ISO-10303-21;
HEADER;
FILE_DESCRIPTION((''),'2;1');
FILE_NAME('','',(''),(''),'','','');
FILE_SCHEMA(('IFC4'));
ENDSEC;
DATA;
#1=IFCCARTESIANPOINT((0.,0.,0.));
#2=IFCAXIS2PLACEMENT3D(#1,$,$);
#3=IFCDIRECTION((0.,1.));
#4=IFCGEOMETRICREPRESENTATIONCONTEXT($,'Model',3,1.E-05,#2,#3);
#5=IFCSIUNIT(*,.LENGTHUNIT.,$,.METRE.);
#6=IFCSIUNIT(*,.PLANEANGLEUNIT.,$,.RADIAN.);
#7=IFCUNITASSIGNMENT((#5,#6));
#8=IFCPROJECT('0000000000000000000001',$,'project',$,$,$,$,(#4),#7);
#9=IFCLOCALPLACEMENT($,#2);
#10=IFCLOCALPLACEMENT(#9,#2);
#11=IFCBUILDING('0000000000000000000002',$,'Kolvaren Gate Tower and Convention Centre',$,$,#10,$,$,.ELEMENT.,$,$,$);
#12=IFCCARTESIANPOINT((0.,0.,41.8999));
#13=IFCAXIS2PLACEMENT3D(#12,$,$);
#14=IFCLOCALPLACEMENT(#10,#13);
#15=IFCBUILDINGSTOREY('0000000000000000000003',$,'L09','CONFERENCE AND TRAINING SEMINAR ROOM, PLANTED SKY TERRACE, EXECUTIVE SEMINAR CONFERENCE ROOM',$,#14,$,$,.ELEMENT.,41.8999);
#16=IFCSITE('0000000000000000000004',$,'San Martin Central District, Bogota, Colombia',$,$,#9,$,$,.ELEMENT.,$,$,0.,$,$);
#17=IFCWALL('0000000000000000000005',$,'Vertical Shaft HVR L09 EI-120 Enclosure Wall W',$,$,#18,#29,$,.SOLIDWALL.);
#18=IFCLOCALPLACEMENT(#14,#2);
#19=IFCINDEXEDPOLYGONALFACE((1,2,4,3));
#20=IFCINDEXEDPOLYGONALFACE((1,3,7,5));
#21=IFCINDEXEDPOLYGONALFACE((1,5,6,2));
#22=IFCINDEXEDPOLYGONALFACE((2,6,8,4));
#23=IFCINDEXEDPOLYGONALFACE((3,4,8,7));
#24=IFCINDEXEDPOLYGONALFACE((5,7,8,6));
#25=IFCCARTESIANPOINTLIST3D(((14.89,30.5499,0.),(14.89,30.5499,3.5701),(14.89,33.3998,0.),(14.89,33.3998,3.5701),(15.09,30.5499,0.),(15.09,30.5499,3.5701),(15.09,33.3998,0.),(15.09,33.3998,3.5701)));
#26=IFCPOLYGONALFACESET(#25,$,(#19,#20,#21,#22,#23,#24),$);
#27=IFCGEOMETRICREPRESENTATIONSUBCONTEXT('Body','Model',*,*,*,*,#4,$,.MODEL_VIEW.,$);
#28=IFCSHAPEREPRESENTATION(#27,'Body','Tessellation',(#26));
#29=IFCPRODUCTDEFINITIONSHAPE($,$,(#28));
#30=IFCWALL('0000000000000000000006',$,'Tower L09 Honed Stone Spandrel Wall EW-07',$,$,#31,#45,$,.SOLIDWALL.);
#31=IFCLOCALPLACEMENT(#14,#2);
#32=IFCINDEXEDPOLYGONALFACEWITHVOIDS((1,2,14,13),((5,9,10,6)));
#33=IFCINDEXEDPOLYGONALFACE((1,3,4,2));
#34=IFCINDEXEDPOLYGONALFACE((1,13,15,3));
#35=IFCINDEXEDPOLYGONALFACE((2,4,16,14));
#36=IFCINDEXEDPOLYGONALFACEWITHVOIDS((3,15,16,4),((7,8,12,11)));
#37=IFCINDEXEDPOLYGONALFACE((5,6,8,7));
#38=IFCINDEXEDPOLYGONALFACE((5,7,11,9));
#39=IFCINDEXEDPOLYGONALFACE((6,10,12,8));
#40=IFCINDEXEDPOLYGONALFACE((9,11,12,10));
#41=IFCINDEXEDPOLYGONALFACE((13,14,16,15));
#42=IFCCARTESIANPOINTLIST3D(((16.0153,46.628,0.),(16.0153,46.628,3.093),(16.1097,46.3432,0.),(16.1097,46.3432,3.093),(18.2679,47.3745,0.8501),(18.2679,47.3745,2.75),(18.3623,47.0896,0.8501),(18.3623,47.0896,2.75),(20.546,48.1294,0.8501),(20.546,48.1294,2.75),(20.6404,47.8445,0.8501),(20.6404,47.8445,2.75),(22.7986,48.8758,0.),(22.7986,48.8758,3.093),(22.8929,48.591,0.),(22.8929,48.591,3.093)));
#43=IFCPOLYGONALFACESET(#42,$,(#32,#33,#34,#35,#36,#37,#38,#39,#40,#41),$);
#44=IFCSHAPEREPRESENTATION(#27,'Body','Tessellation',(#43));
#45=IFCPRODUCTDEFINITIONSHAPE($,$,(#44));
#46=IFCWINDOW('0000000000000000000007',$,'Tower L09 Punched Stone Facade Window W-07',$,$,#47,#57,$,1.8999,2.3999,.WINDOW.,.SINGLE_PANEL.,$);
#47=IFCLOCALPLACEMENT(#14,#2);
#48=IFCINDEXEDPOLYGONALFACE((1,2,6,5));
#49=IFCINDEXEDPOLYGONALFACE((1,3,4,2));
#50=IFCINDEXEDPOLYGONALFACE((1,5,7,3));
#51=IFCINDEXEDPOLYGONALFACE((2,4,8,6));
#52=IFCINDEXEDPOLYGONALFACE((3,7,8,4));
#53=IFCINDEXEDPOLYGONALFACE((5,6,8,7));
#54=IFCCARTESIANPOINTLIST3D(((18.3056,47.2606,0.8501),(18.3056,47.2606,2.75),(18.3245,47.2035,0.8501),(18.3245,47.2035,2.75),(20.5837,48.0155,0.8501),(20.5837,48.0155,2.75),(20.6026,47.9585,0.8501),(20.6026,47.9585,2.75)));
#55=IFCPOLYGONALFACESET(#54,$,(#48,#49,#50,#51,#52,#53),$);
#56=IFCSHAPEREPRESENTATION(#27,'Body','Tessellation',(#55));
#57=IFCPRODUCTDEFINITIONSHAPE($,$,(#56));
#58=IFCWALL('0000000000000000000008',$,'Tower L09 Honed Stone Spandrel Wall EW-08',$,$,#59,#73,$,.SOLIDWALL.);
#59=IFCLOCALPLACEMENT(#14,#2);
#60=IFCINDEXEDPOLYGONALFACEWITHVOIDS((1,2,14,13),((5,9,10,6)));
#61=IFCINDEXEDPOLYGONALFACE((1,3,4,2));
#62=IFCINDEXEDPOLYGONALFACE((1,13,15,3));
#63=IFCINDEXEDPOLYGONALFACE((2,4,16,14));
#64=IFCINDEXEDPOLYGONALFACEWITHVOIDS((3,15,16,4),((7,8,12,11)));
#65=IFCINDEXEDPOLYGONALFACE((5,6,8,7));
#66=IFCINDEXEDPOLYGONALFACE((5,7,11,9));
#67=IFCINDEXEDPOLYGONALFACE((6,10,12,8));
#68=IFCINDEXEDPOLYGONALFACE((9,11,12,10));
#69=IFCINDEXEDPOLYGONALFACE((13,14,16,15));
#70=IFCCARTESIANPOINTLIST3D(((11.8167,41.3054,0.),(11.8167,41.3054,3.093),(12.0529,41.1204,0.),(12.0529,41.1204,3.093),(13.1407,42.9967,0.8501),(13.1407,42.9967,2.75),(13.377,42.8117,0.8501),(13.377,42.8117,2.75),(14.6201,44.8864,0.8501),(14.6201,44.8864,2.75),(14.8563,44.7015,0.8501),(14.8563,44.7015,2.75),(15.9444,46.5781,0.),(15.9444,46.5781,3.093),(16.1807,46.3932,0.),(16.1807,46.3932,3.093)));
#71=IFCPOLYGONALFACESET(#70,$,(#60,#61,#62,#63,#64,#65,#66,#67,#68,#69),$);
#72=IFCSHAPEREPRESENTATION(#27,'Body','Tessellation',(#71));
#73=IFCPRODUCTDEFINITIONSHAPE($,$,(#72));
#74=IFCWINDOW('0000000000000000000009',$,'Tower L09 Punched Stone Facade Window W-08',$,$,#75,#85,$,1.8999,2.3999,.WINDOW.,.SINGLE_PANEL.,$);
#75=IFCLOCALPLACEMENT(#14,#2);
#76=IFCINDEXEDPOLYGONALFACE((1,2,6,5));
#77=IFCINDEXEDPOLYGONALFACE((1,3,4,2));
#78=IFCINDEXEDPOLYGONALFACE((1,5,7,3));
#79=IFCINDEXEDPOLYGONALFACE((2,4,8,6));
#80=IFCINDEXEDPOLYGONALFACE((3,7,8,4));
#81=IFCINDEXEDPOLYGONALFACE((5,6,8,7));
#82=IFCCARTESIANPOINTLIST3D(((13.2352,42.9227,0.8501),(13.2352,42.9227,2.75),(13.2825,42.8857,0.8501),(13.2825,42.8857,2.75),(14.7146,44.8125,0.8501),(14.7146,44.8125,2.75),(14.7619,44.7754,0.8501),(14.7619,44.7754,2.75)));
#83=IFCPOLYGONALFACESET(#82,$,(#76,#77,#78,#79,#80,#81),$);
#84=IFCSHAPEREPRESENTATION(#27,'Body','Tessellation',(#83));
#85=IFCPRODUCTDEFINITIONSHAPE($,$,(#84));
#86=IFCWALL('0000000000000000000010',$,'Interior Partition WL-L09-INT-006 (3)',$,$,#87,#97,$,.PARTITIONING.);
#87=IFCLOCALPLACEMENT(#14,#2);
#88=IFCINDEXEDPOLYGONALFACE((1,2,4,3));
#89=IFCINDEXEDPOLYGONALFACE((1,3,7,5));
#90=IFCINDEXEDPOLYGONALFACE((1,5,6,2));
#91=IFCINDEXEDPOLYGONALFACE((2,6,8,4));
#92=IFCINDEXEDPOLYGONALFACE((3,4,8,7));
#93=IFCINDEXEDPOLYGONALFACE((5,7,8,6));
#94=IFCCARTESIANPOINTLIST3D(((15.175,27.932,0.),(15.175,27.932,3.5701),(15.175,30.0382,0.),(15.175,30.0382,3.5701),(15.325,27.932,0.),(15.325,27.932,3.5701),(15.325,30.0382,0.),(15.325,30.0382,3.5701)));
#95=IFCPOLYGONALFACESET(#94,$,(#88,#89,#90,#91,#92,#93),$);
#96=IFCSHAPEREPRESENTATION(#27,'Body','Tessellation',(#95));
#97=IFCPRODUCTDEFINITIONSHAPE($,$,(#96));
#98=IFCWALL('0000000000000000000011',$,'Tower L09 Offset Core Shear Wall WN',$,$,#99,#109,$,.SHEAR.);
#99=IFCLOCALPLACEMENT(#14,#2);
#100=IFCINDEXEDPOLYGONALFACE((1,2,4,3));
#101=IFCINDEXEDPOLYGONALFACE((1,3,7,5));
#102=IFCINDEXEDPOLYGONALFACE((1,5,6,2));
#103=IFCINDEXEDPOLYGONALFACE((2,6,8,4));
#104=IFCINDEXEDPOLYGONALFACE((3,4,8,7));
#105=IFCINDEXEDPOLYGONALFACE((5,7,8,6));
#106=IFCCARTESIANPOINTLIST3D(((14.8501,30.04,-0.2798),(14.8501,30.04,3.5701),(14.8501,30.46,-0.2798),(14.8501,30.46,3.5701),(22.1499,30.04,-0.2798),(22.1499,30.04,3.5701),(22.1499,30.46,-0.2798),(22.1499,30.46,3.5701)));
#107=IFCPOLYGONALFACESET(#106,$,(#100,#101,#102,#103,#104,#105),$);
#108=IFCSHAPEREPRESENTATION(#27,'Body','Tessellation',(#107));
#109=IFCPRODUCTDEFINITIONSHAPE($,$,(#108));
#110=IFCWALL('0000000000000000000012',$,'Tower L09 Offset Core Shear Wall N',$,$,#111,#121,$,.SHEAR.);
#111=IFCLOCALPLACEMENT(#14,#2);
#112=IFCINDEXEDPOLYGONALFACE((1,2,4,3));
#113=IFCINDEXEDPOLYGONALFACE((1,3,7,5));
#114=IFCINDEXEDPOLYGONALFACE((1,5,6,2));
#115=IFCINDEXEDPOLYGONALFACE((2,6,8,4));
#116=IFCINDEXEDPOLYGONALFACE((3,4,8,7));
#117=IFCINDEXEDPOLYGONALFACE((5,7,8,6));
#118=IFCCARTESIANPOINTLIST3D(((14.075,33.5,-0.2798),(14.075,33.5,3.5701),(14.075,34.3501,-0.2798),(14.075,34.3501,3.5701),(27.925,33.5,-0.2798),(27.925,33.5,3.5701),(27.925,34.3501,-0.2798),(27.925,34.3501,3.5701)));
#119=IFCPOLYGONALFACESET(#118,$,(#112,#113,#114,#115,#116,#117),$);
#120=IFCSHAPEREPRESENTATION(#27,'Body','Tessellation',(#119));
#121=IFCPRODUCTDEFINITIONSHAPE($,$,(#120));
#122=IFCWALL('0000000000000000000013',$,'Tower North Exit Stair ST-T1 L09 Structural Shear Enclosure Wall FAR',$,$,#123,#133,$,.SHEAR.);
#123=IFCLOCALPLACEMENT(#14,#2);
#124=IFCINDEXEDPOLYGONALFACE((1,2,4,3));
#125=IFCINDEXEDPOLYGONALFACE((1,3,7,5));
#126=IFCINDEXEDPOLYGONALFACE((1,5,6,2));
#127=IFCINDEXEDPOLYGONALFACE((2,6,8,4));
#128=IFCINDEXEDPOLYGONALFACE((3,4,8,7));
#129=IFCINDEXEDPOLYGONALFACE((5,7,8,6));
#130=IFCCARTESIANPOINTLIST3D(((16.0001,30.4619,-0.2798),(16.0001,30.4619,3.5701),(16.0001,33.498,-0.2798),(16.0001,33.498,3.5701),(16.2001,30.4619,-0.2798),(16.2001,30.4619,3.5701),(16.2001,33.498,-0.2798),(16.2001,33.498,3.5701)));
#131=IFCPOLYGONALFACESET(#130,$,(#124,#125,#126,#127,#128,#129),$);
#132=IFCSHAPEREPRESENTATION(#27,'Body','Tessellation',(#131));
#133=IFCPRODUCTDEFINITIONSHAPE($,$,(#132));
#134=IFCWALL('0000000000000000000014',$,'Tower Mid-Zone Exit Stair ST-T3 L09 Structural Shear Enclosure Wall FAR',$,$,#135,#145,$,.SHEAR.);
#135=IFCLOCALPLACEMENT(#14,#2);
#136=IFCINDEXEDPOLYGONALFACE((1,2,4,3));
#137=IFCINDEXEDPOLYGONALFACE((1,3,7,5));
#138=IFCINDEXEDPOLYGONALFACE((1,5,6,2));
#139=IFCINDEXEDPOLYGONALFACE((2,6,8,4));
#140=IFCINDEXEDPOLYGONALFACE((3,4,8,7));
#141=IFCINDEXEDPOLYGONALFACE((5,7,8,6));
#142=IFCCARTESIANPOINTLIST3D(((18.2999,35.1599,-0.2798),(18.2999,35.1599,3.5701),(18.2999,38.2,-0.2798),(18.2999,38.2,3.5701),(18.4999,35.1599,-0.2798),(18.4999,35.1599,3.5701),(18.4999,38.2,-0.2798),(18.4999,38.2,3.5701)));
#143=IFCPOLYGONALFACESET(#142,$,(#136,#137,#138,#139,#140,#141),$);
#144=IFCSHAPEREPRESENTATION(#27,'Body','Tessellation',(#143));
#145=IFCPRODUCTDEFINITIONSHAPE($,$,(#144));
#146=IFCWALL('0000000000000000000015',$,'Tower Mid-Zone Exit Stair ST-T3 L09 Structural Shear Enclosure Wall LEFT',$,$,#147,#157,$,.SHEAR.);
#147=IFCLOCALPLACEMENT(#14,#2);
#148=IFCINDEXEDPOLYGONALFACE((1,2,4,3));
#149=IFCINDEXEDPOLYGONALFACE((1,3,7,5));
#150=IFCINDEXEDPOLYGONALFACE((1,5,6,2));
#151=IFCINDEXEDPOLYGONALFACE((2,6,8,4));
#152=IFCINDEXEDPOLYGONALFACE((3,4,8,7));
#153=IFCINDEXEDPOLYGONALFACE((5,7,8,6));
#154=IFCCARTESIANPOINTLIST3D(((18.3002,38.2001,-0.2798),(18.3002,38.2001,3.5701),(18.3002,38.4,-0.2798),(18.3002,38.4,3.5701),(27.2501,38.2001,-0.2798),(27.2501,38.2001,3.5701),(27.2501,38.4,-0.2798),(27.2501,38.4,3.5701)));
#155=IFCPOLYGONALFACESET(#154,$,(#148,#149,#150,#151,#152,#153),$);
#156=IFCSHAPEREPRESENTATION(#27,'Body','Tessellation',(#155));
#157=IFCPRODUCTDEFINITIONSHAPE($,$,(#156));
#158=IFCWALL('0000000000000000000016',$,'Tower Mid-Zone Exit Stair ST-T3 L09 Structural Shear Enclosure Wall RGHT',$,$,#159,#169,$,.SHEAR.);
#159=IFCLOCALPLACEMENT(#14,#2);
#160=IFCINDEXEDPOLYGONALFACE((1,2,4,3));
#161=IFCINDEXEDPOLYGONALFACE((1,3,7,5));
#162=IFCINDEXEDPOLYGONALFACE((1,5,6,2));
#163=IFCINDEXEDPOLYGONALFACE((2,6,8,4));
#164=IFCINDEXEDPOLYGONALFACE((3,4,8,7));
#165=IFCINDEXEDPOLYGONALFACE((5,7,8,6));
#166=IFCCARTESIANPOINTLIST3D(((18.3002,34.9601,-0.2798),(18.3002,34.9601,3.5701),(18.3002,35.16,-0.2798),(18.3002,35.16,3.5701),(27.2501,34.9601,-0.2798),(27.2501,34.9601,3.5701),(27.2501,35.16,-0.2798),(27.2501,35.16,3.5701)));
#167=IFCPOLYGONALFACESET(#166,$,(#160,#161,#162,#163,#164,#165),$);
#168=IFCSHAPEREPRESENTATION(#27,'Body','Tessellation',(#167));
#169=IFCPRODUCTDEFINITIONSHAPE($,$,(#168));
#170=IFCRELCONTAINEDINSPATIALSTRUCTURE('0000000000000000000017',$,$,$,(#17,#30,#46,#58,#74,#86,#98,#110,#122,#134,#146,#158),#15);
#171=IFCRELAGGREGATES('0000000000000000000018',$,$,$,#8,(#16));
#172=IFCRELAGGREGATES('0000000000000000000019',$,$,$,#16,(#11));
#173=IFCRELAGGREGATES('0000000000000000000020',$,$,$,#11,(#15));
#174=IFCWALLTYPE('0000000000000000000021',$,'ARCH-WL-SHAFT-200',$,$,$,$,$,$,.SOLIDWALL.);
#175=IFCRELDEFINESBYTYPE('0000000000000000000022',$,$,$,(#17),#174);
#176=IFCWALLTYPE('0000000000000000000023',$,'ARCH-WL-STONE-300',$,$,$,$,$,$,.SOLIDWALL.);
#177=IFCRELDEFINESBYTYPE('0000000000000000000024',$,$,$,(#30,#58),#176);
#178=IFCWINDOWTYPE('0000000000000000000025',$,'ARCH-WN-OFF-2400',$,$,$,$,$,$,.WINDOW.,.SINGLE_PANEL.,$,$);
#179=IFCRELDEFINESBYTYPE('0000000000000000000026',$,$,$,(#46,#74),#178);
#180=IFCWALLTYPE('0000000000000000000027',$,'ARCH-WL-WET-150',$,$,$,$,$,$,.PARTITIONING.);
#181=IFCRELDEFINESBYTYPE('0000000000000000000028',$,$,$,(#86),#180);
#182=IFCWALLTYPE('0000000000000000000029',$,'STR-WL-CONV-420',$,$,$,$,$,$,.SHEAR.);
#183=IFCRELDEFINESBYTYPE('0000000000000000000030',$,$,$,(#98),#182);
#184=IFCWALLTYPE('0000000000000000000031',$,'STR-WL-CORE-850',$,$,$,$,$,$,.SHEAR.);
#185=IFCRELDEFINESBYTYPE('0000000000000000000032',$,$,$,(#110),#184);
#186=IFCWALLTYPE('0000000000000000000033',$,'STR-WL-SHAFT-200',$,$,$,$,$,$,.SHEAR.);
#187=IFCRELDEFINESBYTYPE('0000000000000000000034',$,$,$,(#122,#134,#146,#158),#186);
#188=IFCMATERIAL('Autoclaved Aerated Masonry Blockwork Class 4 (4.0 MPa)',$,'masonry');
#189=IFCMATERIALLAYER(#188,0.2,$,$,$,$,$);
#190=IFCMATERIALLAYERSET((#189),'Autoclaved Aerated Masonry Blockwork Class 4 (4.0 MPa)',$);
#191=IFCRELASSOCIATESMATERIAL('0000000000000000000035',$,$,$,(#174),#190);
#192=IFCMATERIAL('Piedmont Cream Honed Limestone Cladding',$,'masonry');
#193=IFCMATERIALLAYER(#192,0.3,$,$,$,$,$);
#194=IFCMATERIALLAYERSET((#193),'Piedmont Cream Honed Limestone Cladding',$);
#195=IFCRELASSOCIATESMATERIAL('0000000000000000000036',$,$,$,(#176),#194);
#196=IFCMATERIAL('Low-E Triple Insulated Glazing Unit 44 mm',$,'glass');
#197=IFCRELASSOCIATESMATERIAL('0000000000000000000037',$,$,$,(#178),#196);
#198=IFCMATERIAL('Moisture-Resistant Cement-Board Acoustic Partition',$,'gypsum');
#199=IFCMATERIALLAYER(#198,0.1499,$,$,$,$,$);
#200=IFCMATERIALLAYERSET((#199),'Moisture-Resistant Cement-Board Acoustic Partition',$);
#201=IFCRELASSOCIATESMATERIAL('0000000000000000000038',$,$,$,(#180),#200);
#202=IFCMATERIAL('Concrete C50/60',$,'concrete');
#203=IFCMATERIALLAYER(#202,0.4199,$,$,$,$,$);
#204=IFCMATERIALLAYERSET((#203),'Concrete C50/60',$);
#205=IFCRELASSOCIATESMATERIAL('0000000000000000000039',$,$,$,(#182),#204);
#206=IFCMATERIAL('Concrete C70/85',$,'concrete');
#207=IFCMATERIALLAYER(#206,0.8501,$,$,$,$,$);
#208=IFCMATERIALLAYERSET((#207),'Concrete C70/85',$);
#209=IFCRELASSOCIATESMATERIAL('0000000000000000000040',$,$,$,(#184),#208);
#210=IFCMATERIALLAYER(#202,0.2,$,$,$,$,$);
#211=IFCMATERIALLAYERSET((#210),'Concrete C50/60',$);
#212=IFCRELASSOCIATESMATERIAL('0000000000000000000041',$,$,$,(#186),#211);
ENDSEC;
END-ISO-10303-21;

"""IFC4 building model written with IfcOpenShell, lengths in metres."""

from ifc_helpers import new_model, si_unit, direction, frame, frame_2d, origin, place, context, subcontext, project, spatial, rectangle, extrude, material, layer, layer_set, type_object, element, fill, save


model = new_model("IFC4")

# Units and contexts
model_context = context("Model", 3, precision=1e-05, world=origin(), true_north=direction((0.0, 1.0)))
body_context = subcontext(model_context, "Body", "Model", "MODEL_VIEW")
ifc_project = project(units=[si_unit("LENGTHUNIT", "METRE"), si_unit("PLANEANGLEUNIT", "RADIAN")], contexts=[model_context])

# Site, building, storey
site_placement = place(None, origin())
site = spatial("IfcSite", under=ifc_project, at=site_placement, Name="San Martin Central District, Bogota, Colombia", CompositionType="ELEMENT", RefElevation=0.0)
building_placement = place(site_placement, origin())
building = spatial("IfcBuilding", under=site, at=building_placement, Name="Kolvaren Gate Tower and Convention Centre", CompositionType="ELEMENT")
storey_placement = place(building_placement, frame((0.0, 0.0, 41.8999)))
storey = spatial("IfcBuildingStorey", under=building, at=storey_placement, Name="L09", Description="CONFERENCE AND TRAINING SEMINAR ROOM, PLANTED SKY TERRACE, EXECUTIVE SEMINAR CONFERENCE ROOM", CompositionType="ELEMENT", Elevation=41.8999)

# Shared definitions
ifc_material_1 = material(Name="Concrete C70/85", Category="concrete")

# Shared definitions
ifc_material_2 = material(Name="Autoclaved Aerated Masonry Blockwork Class 4 (4.0 MPa)", Category="masonry")

# Wall
ifc_layer_1 = layer(ifc_material_2, 0.2)
ifc_layer_set_1 = layer_set([ifc_layer_1], Name="Autoclaved Aerated Masonry Blockwork Class 4 (4.0 MPa)")
wall_type_1 = type_object("IfcWallType", Name="ARCH-WL-SHAFT-200", PredefinedType="SOLIDWALL", material=ifc_layer_set_1)
wall_1_placement = place(storey_placement, frame((14.99, 30.55, 0.0), z_axis=(0.0, 0.0, 1.0), x_axis=(0.0, 1.0, 0.0)))
element("IfcWall", 1, at=wall_1_placement, inside=storey, type_object=wall_type_1, Name="Vertical Shaft HVR L09 EI-120 Enclosure Wall W", PredefinedType="SOLIDWALL", context=body_context, shape_type="SweptSolid", body=[
    extrude(rectangle(XDim=2.8499, YDim=0.2, at=frame_2d((1.4248, 0.0))), origin(), (0.0, 0.0, 1.0), 3.5701),
])

# Walls, openings, windows
ifc_material_3 = material(Name="Piedmont Cream Honed Limestone Cladding", Category="masonry")
ifc_layer_2 = layer(ifc_material_3, 0.3)
ifc_layer_set_2 = layer_set([ifc_layer_2], Name="Piedmont Cream Honed Limestone Cladding")
wall_type_2 = type_object("IfcWallType", Name="ARCH-WL-STONE-300", PredefinedType="SOLIDWALL", material=ifc_layer_set_2)
wall_2_placement = place(storey_placement, frame((16.0625, 46.4856, 0.0), z_axis=(0.0, 0.0, 1.0), x_axis=(0.949239, 0.314557, 0.0)))
wall_2 = element("IfcWall", 2, at=wall_2_placement, inside=storey, type_object=wall_type_2, Name="Tower L09 Honed Stone Spandrel Wall EW-07", PredefinedType="SOLIDWALL", context=body_context, shape_type="SweptSolid", body=[
    extrude(rectangle(XDim=7.146, YDim=0.3, at=frame_2d((3.573, 0.0))), origin(), (0.0, 0.0, 1.0), 3.093),
])
opening_1_placement = place(wall_2_placement, frame((2.373, 0.0, 0.8501)))
opening_1 = element("IfcOpeningElement", 3, at=opening_1_placement, cuts=wall_2, PredefinedType="OPENING", context=body_context, shape_type="SweptSolid", body=[
    extrude(rectangle(XDim=2.3999, YDim=1.8999, at=frame_2d((1.2, 0.95))), frame((0.0, 0.1599, 0.0), z_axis=(0.0, -1.0, 0.0), x_axis=(1.0, 0.0, 0.0)), (0.0, 0.0, 1.0), 0.3201),
])
ifc_material_4 = material(Name="Low-E Triple Insulated Glazing Unit 44 mm", Category="glass")
window_type = type_object("IfcWindowType", Name="ARCH-WN-OFF-2400", PartitioningType="SINGLE_PANEL", PredefinedType="WINDOW", material=ifc_material_4)
window_1_placement = place(opening_1_placement, origin())
window_1 = element("IfcWindow", 4, at=window_1_placement, inside=storey, type_object=window_type, Name="Tower L09 Punched Stone Facade Window W-07", OverallHeight=1.8999, OverallWidth=2.3999, PartitioningType="SINGLE_PANEL", PredefinedType="WINDOW", context=body_context, shape_type="SweptSolid", body=[
    extrude(rectangle(XDim=2.3999, YDim=1.8999, at=frame_2d((1.2, 0.95))), frame((0.0, 0.03, 0.0), z_axis=(0.0, -1.0, 0.0), x_axis=(1.0, 0.0, 0.0)), (0.0, 0.0, 1.0), 0.0601),
])
fill(opening_1, window_1)
wall_3_placement = place(storey_placement, frame((11.9348, 41.2129, 0.0), z_axis=(0.0, 0.0, 1.0), x_axis=(0.616421, 0.787417, 0.0)))
wall_3 = element("IfcWall", 5, at=wall_3_placement, inside=storey, type_object=wall_type_2, Name="Tower L09 Honed Stone Spandrel Wall EW-08", PredefinedType="SOLIDWALL", context=body_context, shape_type="SweptSolid", body=[
    extrude(rectangle(XDim=6.6963, YDim=0.3, at=frame_2d((3.3481, 0.0))), origin(), (0.0, 0.0, 1.0), 3.093),
])
opening_2_placement = place(wall_3_placement, frame((2.1479, 0.0, 0.8501)))
opening_2 = element("IfcOpeningElement", 6, at=opening_2_placement, cuts=wall_3, PredefinedType="OPENING", context=body_context, shape_type="SweptSolid", body=[
    extrude(rectangle(XDim=2.3999, YDim=1.8999, at=frame_2d((1.2, 0.95))), frame((0.0, 0.1599, 0.0), z_axis=(0.0, -1.0, 0.0), x_axis=(1.0, 0.0, 0.0)), (0.0, 0.0, 1.0), 0.3201),
])
window_2_placement = place(opening_2_placement, origin())
window_2 = element("IfcWindow", 7, at=window_2_placement, inside=storey, type_object=window_type, Name="Tower L09 Punched Stone Facade Window W-08", OverallHeight=1.8999, OverallWidth=2.3999, PartitioningType="SINGLE_PANEL", PredefinedType="WINDOW", context=body_context, shape_type="SweptSolid", body=[
    extrude(rectangle(XDim=2.3999, YDim=1.8999, at=frame_2d((1.2, 0.95))), frame((0.0, 0.03, 0.0), z_axis=(0.0, -1.0, 0.0), x_axis=(1.0, 0.0, 0.0)), (0.0, 0.0, 1.0), 0.0601),
])
fill(opening_2, window_2)

# Walls
ifc_material_5 = material(Name="Moisture-Resistant Cement-Board Acoustic Partition", Category="gypsum")
ifc_layer_3 = layer(ifc_material_5, 0.1499)
ifc_layer_set_3 = layer_set([ifc_layer_3], Name="Moisture-Resistant Cement-Board Acoustic Partition")
wall_type_3 = type_object("IfcWallType", Name="ARCH-WL-WET-150", PredefinedType="PARTITIONING", material=ifc_layer_set_3)
wall_4_placement = place(storey_placement, frame((15.25, 27.9319, 0.0), z_axis=(0.0, 0.0, 1.0), x_axis=(0.0, 1.0, 0.0)))
element("IfcWall", 8, at=wall_4_placement, inside=storey, type_object=wall_type_3, Name="Interior Partition WL-L09-INT-006 (3)", PredefinedType="PARTITIONING", context=body_context, shape_type="SweptSolid", body=[
    extrude(rectangle(XDim=2.1062, YDim=0.1499, at=frame_2d((1.0532, 0.0))), origin(), (0.0, 0.0, 1.0), 3.5701),
])
ifc_material_6 = material(Name="Concrete C50/60", Category="concrete")
ifc_layer_4 = layer(ifc_material_6, 0.4199)
ifc_layer_set_4 = layer_set([ifc_layer_4], Name="Concrete C50/60")
wall_type_4 = type_object("IfcWallType", Name="STR-WL-CONV-420", PredefinedType="SHEAR", material=ifc_layer_set_4)
wall_5_placement = place(storey_placement, frame((14.8501, 30.25, -0.2798), z_axis=(0.0, 0.0, 1.0), x_axis=(1.0, 0.0, 0.0)))
element("IfcWall", 9, at=wall_5_placement, inside=storey, type_object=wall_type_4, Name="Tower L09 Offset Core Shear Wall WN", PredefinedType="SHEAR", context=body_context, shape_type="SweptSolid", body=[
    extrude(rectangle(XDim=7.2998, YDim=0.4199, at=frame_2d((3.6499, 0.0))), origin(), (0.0, 0.0, 1.0), 3.8499),
])
ifc_layer_5 = layer(ifc_material_1, 0.8501)
ifc_layer_set_5 = layer_set([ifc_layer_5], Name="Concrete C70/85")
wall_type_5 = type_object("IfcWallType", Name="STR-WL-CORE-850", PredefinedType="SHEAR", material=ifc_layer_set_5)
wall_6_placement = place(storey_placement, frame((14.075, 33.925, -0.2798), z_axis=(0.0, 0.0, 1.0), x_axis=(1.0, 0.0, 0.0)))
element("IfcWall", 10, at=wall_6_placement, inside=storey, type_object=wall_type_5, Name="Tower L09 Offset Core Shear Wall N", PredefinedType="SHEAR", context=body_context, shape_type="SweptSolid", body=[
    extrude(rectangle(XDim=13.8501, YDim=0.8501, at=frame_2d((6.925, 0.0))), origin(), (0.0, 0.0, 1.0), 3.8499),
])
ifc_layer_6 = layer(ifc_material_6, 0.2)
ifc_layer_set_6 = layer_set([ifc_layer_6], Name="Concrete C50/60")
wall_type_6 = type_object("IfcWallType", Name="STR-WL-SHAFT-200", PredefinedType="SHEAR", material=ifc_layer_set_6)
wall_7_placement = place(storey_placement, frame((16.1001, 30.4619, -0.2798), z_axis=(0.0, 0.0, 1.0), x_axis=(0.0, 1.0, 0.0)))
element("IfcWall", 11, at=wall_7_placement, inside=storey, type_object=wall_type_6, Name="Tower North Exit Stair ST-T1 L09 Structural Shear Enclosure Wall FAR", PredefinedType="SHEAR", context=body_context, shape_type="SweptSolid", body=[
    extrude(rectangle(XDim=3.0361, YDim=0.2, at=frame_2d((1.5181, 0.0))), origin(), (0.0, 0.0, 1.0), 3.8499),
])
wall_8_placement = place(storey_placement, frame((18.3999, 35.1599, -0.2798), z_axis=(0.0, 0.0, 1.0), x_axis=(0.0, 1.0, 0.0)))
element("IfcWall", 12, at=wall_8_placement, inside=storey, type_object=wall_type_6, Name="Tower Mid-Zone Exit Stair ST-T3 L09 Structural Shear Enclosure Wall FAR", PredefinedType="SHEAR", context=body_context, shape_type="SweptSolid", body=[
    extrude(rectangle(XDim=3.04, YDim=0.2, at=frame_2d((1.52, 0.0))), origin(), (0.0, 0.0, 1.0), 3.8499),
])
for number, where, z_axis, x_axis, name in (
    (13, (18.3, 38.3, -0.2798), (0.0, 0.0, 1.0), (1.0, 0.0, 0.0), "Tower Mid-Zone Exit Stair ST-T3 L09 Structural Shear Enclosure Wall LEFT"),
    (14, (18.3, 35.0601, -0.2798), (0.0, 0.0, 1.0), (1.0, 0.0, 0.0), "Tower Mid-Zone Exit Stair ST-T3 L09 Structural Shear Enclosure Wall RGHT"),
):
    element("IfcWall", number, at=place(storey_placement, frame(where, z_axis=z_axis, x_axis=x_axis)), inside=storey, type_object=wall_type_6, Name=name, PredefinedType="SHEAR", context=body_context, shape_type="SweptSolid", body=[
        extrude(rectangle(XDim=8.95, YDim=0.2, at=frame_2d((4.4751, 0.0))), origin(), (0.0, 0.0, 1.0), 3.8499),
    ])

save(model, "model.ifc")
